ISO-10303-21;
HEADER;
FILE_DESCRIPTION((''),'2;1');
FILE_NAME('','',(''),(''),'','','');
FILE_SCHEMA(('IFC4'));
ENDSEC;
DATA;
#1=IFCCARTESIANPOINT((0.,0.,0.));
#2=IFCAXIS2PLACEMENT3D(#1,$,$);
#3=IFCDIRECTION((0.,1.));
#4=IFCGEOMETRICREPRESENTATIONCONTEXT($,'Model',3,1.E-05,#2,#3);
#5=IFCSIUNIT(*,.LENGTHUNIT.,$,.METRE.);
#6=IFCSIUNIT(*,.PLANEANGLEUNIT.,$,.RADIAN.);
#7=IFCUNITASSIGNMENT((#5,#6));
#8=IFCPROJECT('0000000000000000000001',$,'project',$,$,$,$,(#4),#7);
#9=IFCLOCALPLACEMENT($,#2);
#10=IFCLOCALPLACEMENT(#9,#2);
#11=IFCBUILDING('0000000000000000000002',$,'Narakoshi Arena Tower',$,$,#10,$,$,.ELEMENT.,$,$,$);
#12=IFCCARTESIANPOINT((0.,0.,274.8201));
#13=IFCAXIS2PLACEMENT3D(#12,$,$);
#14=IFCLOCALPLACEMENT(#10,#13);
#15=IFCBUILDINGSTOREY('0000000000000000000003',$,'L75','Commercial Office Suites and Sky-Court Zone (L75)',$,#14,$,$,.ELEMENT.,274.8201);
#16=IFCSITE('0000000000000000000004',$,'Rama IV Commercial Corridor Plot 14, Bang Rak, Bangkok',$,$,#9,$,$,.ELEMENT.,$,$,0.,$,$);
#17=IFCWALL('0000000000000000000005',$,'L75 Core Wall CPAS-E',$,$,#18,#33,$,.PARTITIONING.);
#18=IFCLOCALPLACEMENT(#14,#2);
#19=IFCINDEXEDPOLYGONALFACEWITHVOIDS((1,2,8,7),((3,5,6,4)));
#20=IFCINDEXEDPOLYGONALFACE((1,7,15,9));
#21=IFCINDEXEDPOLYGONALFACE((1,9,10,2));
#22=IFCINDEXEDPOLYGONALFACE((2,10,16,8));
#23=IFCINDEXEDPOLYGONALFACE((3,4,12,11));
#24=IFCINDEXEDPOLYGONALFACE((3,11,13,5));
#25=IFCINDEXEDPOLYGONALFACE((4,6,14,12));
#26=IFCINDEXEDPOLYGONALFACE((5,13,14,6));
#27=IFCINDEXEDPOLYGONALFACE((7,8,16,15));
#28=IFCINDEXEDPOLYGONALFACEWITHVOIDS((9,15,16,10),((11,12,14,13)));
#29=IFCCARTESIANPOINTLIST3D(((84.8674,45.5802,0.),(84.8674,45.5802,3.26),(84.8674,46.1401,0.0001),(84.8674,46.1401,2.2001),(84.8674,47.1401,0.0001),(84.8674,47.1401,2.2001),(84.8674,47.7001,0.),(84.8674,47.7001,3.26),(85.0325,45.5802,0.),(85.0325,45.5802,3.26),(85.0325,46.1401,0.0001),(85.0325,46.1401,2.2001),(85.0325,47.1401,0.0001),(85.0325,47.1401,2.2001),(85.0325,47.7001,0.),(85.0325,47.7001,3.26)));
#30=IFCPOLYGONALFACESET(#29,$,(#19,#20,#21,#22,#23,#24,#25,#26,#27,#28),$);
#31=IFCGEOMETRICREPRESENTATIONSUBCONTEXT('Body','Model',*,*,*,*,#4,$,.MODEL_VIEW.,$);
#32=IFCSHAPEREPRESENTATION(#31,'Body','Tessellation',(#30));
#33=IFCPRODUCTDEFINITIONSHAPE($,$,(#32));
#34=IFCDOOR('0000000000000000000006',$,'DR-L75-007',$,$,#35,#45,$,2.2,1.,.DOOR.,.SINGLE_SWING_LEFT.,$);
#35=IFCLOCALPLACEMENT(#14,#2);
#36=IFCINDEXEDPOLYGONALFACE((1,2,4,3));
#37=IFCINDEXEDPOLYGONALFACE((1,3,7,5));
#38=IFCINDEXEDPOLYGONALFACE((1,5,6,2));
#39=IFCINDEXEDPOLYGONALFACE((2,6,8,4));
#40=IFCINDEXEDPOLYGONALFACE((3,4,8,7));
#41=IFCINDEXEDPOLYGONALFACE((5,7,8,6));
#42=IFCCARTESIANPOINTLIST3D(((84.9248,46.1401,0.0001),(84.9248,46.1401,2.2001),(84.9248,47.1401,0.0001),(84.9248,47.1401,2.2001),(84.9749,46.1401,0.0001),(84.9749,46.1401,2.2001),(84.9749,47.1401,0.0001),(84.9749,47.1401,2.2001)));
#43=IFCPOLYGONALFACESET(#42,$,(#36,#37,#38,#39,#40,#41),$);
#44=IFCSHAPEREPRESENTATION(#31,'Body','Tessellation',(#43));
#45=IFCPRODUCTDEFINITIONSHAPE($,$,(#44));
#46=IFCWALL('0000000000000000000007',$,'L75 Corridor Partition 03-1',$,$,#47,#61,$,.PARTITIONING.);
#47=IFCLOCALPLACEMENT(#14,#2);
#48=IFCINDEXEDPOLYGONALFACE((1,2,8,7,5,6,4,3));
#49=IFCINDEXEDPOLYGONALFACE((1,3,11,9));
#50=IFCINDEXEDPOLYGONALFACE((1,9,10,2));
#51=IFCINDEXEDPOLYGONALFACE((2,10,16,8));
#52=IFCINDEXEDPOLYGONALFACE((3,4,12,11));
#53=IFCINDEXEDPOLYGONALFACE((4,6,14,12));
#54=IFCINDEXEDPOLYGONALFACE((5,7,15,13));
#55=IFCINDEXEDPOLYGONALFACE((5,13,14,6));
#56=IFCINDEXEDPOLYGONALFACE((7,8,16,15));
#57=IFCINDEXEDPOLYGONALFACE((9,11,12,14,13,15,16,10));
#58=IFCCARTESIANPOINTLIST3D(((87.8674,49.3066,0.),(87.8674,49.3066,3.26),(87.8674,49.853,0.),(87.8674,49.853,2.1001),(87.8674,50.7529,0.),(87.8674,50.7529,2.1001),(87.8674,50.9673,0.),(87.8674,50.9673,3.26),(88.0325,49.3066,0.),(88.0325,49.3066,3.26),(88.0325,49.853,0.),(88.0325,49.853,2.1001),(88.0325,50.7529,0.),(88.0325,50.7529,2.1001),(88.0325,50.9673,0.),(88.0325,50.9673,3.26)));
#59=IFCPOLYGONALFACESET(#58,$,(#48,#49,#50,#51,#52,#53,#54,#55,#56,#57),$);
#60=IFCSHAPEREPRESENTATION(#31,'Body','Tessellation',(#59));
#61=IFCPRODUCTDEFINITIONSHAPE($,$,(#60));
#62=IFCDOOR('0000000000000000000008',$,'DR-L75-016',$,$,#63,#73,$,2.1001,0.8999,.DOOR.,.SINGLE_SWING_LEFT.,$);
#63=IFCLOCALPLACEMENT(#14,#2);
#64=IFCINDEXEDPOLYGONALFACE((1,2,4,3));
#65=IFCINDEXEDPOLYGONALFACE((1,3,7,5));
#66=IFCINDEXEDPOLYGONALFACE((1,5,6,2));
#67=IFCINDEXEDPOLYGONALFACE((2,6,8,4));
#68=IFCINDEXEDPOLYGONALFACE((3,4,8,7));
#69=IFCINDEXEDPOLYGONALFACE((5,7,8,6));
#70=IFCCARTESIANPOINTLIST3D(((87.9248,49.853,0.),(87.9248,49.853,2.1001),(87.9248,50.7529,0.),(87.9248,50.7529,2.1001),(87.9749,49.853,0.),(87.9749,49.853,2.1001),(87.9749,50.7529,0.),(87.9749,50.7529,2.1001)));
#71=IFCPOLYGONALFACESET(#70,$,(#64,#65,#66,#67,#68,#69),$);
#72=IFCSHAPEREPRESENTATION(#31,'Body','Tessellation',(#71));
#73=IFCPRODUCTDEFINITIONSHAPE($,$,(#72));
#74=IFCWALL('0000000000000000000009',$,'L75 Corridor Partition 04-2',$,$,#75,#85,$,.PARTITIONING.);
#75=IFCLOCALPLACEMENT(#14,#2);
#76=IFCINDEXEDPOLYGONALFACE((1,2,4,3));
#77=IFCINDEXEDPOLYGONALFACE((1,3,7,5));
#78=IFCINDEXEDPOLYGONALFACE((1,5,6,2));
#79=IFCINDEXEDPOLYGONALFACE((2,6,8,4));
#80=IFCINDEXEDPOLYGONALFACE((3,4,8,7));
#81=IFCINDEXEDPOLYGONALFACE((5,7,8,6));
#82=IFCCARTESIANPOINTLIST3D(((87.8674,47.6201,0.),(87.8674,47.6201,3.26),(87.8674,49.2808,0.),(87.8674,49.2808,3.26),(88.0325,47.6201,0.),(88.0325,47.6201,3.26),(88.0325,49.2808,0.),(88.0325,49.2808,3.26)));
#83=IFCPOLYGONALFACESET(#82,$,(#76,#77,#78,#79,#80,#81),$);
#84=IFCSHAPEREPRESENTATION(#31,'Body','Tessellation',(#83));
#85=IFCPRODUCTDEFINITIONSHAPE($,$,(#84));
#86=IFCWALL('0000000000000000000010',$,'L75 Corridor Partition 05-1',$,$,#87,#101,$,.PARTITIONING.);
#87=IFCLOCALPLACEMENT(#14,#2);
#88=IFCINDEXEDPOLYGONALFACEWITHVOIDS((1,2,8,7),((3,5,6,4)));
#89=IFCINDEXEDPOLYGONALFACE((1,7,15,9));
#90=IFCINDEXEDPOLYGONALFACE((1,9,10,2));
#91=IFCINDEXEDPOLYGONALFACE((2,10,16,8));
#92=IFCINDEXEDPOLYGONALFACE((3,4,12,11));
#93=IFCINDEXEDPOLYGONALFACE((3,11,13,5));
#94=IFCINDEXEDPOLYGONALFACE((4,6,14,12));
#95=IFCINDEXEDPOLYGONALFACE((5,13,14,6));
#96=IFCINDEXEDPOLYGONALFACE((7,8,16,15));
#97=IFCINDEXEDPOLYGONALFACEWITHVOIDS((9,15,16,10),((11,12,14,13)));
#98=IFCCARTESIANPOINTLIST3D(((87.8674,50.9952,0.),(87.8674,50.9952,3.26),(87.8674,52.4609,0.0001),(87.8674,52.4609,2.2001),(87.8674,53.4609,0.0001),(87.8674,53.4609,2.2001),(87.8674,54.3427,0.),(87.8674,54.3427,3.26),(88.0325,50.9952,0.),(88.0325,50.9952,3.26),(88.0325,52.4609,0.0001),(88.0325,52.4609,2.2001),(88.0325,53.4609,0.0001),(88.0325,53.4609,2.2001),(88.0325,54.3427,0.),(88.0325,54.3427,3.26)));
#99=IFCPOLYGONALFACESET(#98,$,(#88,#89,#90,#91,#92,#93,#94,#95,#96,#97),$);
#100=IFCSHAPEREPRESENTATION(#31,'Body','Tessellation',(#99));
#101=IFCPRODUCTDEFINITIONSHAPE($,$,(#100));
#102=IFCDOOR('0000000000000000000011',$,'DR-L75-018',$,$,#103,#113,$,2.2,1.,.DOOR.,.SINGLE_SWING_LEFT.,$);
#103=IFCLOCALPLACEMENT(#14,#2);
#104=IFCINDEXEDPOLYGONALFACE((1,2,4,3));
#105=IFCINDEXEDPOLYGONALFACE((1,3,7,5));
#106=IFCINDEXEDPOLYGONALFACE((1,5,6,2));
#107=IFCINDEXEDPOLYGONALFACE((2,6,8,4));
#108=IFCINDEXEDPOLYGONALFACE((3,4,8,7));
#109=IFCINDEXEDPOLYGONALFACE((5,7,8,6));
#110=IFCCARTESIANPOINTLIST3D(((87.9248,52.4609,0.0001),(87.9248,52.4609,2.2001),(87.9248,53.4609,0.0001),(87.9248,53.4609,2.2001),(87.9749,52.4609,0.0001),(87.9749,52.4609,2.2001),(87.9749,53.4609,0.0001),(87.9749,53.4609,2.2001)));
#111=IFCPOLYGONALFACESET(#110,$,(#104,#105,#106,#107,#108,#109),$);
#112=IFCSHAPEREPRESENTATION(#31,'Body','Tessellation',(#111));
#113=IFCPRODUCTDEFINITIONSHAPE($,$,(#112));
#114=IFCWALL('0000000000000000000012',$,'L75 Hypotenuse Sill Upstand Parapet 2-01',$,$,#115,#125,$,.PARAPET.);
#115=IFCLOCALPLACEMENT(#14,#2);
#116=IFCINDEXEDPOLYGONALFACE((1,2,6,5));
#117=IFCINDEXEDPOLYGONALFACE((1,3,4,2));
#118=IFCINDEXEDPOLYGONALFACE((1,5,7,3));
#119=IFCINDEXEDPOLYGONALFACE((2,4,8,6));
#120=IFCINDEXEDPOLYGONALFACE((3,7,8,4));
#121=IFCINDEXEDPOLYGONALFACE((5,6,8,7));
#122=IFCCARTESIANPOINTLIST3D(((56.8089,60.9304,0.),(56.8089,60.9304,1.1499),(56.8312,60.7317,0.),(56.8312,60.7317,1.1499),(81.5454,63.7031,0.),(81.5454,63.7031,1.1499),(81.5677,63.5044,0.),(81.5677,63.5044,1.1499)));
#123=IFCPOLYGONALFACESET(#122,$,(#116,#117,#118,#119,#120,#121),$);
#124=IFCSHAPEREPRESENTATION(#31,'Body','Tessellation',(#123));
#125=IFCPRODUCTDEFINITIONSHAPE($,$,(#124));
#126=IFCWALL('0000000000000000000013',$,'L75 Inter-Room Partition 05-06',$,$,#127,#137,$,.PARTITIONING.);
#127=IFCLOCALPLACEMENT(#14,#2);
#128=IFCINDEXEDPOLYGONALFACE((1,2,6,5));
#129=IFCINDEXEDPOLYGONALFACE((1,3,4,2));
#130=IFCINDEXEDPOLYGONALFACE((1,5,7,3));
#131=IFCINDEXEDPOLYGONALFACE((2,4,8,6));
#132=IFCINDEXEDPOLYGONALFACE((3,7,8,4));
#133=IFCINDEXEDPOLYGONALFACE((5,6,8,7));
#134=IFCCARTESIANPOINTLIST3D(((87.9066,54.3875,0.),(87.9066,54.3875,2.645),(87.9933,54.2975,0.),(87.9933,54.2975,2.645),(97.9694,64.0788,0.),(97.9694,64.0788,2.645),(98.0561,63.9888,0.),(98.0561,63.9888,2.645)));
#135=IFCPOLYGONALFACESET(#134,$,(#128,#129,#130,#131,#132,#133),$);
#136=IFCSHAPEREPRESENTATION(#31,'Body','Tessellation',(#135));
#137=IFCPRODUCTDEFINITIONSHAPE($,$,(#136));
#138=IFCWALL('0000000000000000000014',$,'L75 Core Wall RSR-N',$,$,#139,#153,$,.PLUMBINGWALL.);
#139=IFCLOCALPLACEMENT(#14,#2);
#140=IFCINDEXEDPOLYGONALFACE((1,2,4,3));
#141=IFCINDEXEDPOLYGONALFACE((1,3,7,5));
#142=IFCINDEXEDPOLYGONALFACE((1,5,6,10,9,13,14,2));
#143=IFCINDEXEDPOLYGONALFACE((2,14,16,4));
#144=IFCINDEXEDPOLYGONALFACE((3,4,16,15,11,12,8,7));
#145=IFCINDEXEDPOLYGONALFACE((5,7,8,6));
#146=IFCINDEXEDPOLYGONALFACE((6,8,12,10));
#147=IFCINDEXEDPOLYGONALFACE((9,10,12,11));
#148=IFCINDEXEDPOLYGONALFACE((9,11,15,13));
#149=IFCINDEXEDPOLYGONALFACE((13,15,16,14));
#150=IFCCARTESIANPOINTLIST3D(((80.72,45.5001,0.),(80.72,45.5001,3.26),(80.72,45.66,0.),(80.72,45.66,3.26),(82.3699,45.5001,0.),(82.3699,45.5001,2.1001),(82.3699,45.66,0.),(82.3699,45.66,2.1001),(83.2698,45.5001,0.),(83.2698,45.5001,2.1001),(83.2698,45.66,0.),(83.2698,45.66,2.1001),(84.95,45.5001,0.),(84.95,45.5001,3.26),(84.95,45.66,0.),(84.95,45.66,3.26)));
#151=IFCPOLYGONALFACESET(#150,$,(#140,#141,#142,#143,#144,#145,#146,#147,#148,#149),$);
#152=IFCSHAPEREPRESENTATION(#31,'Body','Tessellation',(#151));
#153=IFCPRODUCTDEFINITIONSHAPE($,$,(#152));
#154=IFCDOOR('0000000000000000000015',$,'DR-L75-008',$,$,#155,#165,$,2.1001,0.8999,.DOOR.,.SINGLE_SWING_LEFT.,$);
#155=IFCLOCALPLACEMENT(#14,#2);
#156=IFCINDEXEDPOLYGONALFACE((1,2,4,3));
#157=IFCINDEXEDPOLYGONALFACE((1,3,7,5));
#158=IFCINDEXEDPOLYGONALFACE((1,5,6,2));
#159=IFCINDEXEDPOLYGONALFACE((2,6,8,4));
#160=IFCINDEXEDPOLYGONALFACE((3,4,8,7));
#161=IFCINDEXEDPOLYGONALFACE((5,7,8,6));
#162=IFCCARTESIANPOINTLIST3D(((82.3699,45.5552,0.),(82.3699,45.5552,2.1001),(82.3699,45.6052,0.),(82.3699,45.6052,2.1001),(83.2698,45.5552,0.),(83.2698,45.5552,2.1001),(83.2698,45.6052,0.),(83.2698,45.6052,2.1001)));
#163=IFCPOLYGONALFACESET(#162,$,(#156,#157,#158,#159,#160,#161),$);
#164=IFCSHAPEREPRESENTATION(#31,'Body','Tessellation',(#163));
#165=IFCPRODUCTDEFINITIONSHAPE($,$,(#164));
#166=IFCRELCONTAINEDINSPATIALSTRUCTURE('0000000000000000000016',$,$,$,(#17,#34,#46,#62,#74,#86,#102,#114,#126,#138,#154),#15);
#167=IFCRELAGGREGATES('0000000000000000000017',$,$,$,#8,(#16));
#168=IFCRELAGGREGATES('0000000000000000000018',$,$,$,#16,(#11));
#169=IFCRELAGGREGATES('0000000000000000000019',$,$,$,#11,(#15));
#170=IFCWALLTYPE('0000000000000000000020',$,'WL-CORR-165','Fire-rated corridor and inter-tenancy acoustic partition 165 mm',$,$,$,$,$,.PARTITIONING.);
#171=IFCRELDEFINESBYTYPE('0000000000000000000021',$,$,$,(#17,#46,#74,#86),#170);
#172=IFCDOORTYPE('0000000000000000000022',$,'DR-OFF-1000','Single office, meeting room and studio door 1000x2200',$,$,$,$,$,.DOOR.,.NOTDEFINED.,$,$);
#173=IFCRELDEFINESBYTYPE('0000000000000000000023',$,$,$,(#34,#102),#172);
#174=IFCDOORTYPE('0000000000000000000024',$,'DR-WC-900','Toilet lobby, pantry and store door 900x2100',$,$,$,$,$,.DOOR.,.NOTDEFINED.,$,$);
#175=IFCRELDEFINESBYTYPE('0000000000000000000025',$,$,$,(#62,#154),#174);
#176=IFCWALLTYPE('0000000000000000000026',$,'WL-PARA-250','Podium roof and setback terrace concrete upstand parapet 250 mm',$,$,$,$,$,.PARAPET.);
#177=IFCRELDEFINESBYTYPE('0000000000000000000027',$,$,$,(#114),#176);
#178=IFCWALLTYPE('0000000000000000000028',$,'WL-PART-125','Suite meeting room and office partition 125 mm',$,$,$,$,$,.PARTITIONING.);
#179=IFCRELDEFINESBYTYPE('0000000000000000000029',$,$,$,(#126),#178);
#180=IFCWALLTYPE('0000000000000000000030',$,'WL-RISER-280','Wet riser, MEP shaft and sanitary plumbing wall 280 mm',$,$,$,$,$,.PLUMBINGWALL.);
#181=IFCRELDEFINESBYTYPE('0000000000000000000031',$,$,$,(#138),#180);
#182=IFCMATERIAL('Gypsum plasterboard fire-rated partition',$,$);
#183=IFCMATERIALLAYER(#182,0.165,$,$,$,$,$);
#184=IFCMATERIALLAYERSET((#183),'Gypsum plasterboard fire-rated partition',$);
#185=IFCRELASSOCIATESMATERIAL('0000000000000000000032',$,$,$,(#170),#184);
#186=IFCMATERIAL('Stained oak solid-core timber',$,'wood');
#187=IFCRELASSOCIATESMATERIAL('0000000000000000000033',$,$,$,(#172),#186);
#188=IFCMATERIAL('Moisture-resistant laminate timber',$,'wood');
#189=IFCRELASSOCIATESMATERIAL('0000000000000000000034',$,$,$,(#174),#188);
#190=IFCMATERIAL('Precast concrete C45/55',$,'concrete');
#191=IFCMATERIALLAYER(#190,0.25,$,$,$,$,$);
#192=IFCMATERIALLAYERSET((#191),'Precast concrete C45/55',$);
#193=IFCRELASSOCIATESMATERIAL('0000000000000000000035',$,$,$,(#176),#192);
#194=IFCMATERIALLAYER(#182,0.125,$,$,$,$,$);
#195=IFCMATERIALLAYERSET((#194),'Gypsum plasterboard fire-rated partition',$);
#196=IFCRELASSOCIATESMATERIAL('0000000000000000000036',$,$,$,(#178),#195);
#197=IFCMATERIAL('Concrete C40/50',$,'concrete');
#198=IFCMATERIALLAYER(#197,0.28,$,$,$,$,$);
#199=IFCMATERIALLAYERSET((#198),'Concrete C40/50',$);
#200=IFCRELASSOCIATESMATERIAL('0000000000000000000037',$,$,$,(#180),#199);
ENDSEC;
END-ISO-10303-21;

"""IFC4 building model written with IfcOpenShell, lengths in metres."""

from ifc_helpers import new_model, si_unit, direction, frame, frame_2d, origin, place, context, subcontext, project, spatial, rectangle, extrude, material, layer, layer_set, type_object, element, fill, save


model = new_model("IFC4")

# Units and contexts
model_context = context("Model", 3, precision=1e-05, world=origin(), true_north=direction((0.0, 1.0)))
body_context = subcontext(model_context, "Body", "Model", "MODEL_VIEW")
ifc_project = project(units=[si_unit("LENGTHUNIT", "METRE"), si_unit("PLANEANGLEUNIT", "RADIAN")], contexts=[model_context])

# Site, building, storey
site_placement = place(None, origin())
site = spatial("IfcSite", under=ifc_project, at=site_placement, Name="Rama IV Commercial Corridor Plot 14, Bang Rak, Bangkok", CompositionType="ELEMENT", RefElevation=0.0)
building_placement = place(site_placement, origin())
building = spatial("IfcBuilding", under=site, at=building_placement, Name="Narakoshi Arena Tower", CompositionType="ELEMENT")
storey_placement = place(building_placement, frame((0.0, 0.0, 274.8201)))
storey = spatial("IfcBuildingStorey", under=building, at=storey_placement, Name="L75", Description="Commercial Office Suites and Sky-Court Zone (L75)", CompositionType="ELEMENT", Elevation=274.8201)

# Walls, openings, doors
ifc_material_1 = material(Name="Gypsum plasterboard fire-rated partition")
ifc_layer_1 = layer(ifc_material_1, 0.165)
ifc_layer_set_1 = layer_set([ifc_layer_1], Name="Gypsum plasterboard fire-rated partition")
wall_type_1 = type_object("IfcWallType", Name="WL-CORR-165", Description="Fire-rated corridor and inter-tenancy acoustic partition 165 mm", PredefinedType="PARTITIONING", material=ifc_layer_set_1)
wall_1_placement = place(storey_placement, frame((84.95, 45.5801, 0.0), z_axis=(0.0, 0.0, 1.0), x_axis=(0.0, 1.0, 0.0)))
wall_1 = element("IfcWall", 1, at=wall_1_placement, inside=storey, type_object=wall_type_1, Name="L75 Core Wall CPAS-E", PredefinedType="PARTITIONING", context=body_context, shape_type="SweptSolid", body=[
    extrude(rectangle(XDim=2.1199, YDim=0.165, at=frame_2d((1.0601, 0.0))), origin(), (0.0, 0.0, 1.0), 3.26),
])
opening_1_placement = place(wall_1_placement, frame((0.5601, 0.0, 0.0)))
opening_1 = element("IfcOpeningElement", 2, at=opening_1_placement, cuts=wall_1, PredefinedType="OPENING", context=body_context, shape_type="SweptSolid", body=[
    extrude(rectangle(XDim=1.0, YDim=2.2, at=frame_2d((0.5, 1.1001))), frame((0.0, 0.0925, 0.0), z_axis=(0.0, -1.0, 0.0), x_axis=(1.0, 0.0, 0.0)), (0.0, 0.0, 1.0), 0.1851),
])
ifc_material_2 = material(Name="Stained oak solid-core timber", Category="wood")
door_type_1 = type_object("IfcDoorType", Name="DR-OFF-1000", Description="Single office, meeting room and studio door 1000x2200", OperationType="NOTDEFINED", PredefinedType="DOOR", material=ifc_material_2)
door_1_placement = place(opening_1_placement, frame((1.0, 0.0, 0.0), z_axis=(0.0, 0.0, 1.0), x_axis=(-1.0, 0.0, 0.0)))
door_1 = element("IfcDoor", 3, at=door_1_placement, inside=storey, type_object=door_type_1, Name="DR-L75-007", OperationType="SINGLE_SWING_LEFT", OverallHeight=2.2, OverallWidth=1.0, PredefinedType="DOOR", context=body_context, shape_type="SweptSolid", body=[
    extrude(rectangle(XDim=1.0, YDim=2.2, at=frame_2d((0.5, 1.1001))), frame((0.0, 0.0249, 0.0), z_axis=(0.0, -1.0, 0.0), x_axis=(1.0, 0.0, 0.0)), (0.0, 0.0, 1.0), 0.05),
])
fill(opening_1, door_1)
wall_2_placement = place(storey_placement, frame((87.95, 49.3066, 0.0), z_axis=(0.0, 0.0, 1.0), x_axis=(0.0, 1.0, 0.0)))
wall_2 = element("IfcWall", 4, at=wall_2_placement, inside=storey, type_object=wall_type_1, Name="L75 Corridor Partition 03-1", PredefinedType="PARTITIONING", context=body_context, shape_type="SweptSolid", body=[
    extrude(rectangle(XDim=1.6606, YDim=0.165, at=frame_2d((0.8303, 0.0))), origin(), (0.0, 0.0, 1.0), 3.26),
])
opening_2_placement = place(wall_2_placement, frame((0.5464, 0.0, 0.0)))
opening_2 = element("IfcOpeningElement", 5, at=opening_2_placement, cuts=wall_2, PredefinedType="OPENING", context=body_context, shape_type="SweptSolid", body=[
    extrude(rectangle(XDim=0.8999, YDim=2.1001, at=frame_2d((0.45, 1.05))), frame((0.0, 0.0925, 0.0), z_axis=(0.0, -1.0, 0.0), x_axis=(1.0, 0.0, 0.0)), (0.0, 0.0, 1.0), 0.1851),
])
ifc_material_3 = material(Name="Moisture-resistant laminate timber", Category="wood")
door_type_2 = type_object("IfcDoorType", Name="DR-WC-900", Description="Toilet lobby, pantry and store door 900x2100", OperationType="NOTDEFINED", PredefinedType="DOOR", material=ifc_material_3)
door_2_placement = place(opening_2_placement, frame((0.8999, 0.0, 0.0), z_axis=(0.0, 0.0, 1.0), x_axis=(-1.0, 0.0, 0.0)))
door_2 = element("IfcDoor", 6, at=door_2_placement, inside=storey, type_object=door_type_2, Name="DR-L75-016", OperationType="SINGLE_SWING_LEFT", OverallHeight=2.1001, OverallWidth=0.8999, PredefinedType="DOOR", context=body_context, shape_type="SweptSolid", body=[
    extrude(rectangle(XDim=0.8999, YDim=2.1001, at=frame_2d((0.45, 1.05))), frame((0.0, 0.0249, 0.0), z_axis=(0.0, -1.0, 0.0), x_axis=(1.0, 0.0, 0.0)), (0.0, 0.0, 1.0), 0.05),
])
fill(opening_2, door_2)

# Wall
wall_3_placement = place(storey_placement, frame((87.95, 47.6201, 0.0), z_axis=(0.0, 0.0, 1.0), x_axis=(0.0, 1.0, 0.0)))
element("IfcWall", 7, at=wall_3_placement, inside=storey, type_object=wall_type_1, Name="L75 Corridor Partition 04-2", PredefinedType="PARTITIONING", context=body_context, shape_type="SweptSolid", body=[
    extrude(rectangle(XDim=1.6606, YDim=0.165, at=frame_2d((0.8303, 0.0))), origin(), (0.0, 0.0, 1.0), 3.26),
])

# Wall, opening, door
wall_4_placement = place(storey_placement, frame((87.95, 50.9951, 0.0), z_axis=(0.0, 0.0, 1.0), x_axis=(0.0, 1.0, 0.0)))
wall_4 = element("IfcWall", 8, at=wall_4_placement, inside=storey, type_object=wall_type_1, Name="L75 Corridor Partition 05-1", PredefinedType="PARTITIONING", context=body_context, shape_type="SweptSolid", body=[
    extrude(rectangle(XDim=3.3474, YDim=0.165, at=frame_2d((1.6738, 0.0))), origin(), (0.0, 0.0, 1.0), 3.26),
])
opening_3_placement = place(wall_4_placement, frame((1.4658, 0.0, 0.0)))
opening_3 = element("IfcOpeningElement", 9, at=opening_3_placement, cuts=wall_4, PredefinedType="OPENING", context=body_context, shape_type="SweptSolid", body=[
    extrude(rectangle(XDim=1.0, YDim=2.2, at=frame_2d((0.5, 1.1001))), frame((0.0, 0.0925, 0.0), z_axis=(0.0, -1.0, 0.0), x_axis=(1.0, 0.0, 0.0)), (0.0, 0.0, 1.0), 0.1851),
])
door_3_placement = place(opening_3_placement, frame((1.0, 0.0, 0.0), z_axis=(0.0, 0.0, 1.0), x_axis=(-1.0, 0.0, 0.0)))
door_3 = element("IfcDoor", 10, at=door_3_placement, inside=storey, type_object=door_type_1, Name="DR-L75-018", OperationType="SINGLE_SWING_LEFT", OverallHeight=2.2, OverallWidth=1.0, PredefinedType="DOOR", context=body_context, shape_type="SweptSolid", body=[
    extrude(rectangle(XDim=1.0, YDim=2.2, at=frame_2d((0.5, 1.1001))), frame((0.0, 0.0249, 0.0), z_axis=(0.0, -1.0, 0.0), x_axis=(1.0, 0.0, 0.0)), (0.0, 0.0, 1.0), 0.05),
])
fill(opening_3, door_3)

# Walls
ifc_material_4 = material(Name="Precast concrete C45/55", Category="concrete")
ifc_layer_2 = layer(ifc_material_4, 0.25)
ifc_layer_set_2 = layer_set([ifc_layer_2], Name="Precast concrete C45/55")
wall_type_2 = type_object("IfcWallType", Name="WL-PARA-250", Description="Podium roof and setback terrace concrete upstand parapet 250 mm", PredefinedType="PARAPET", material=ifc_layer_set_2)
wall_5_placement = place(storey_placement, frame((81.5566, 63.6038, 0.0), z_axis=(0.0, 0.0, 1.0), x_axis=(-0.993776, -0.111393, 0.0)))
element("IfcWall", 11, at=wall_5_placement, inside=storey, type_object=wall_type_2, Name="L75 Hypotenuse Sill Upstand Parapet 2-01", PredefinedType="PARAPET", context=body_context, shape_type="SweptSolid", body=[
    extrude(rectangle(XDim=24.8914, YDim=0.2, at=frame_2d((12.4458, 0.0))), origin(), (0.0, 0.0, 1.0), 1.1499),
])
ifc_layer_3 = layer(ifc_material_1, 0.125)
ifc_layer_set_3 = layer_set([ifc_layer_3], Name="Gypsum plasterboard fire-rated partition")
wall_type_3 = type_object("IfcWallType", Name="WL-PART-125", Description="Suite meeting room and office partition 125 mm", PredefinedType="PARTITIONING", material=ifc_layer_set_3)
wall_6_placement = place(storey_placement, frame((87.95, 54.3425, 0.0), z_axis=(0.0, 0.0, 1.0), x_axis=(0.72028, 0.693683, 0.0)))
element("IfcWall", 12, at=wall_6_placement, inside=storey, type_object=wall_type_3, Name="L75 Inter-Room Partition 05-06", PredefinedType="PARTITIONING", context=body_context, shape_type="SweptSolid", body=[
    extrude(rectangle(XDim=13.9707, YDim=0.125, at=frame_2d((6.9854, 0.0))), origin(), (0.0, 0.0, 1.0), 2.645),
])

# Wall, opening, door
ifc_material_5 = material(Name="Concrete C40/50", Category="concrete")
ifc_layer_4 = layer(ifc_material_5, 0.28)
ifc_layer_set_4 = layer_set([ifc_layer_4], Name="Concrete C40/50")
wall_type_4 = type_object("IfcWallType", Name="WL-RISER-280", Description="Wet riser, MEP shaft and sanitary plumbing wall 280 mm", PredefinedType="PLUMBINGWALL", material=ifc_layer_set_4)
wall_7_placement = place(storey_placement, frame((80.72, 45.5801, 0.0), z_axis=(0.0, 0.0, 1.0), x_axis=(1.0, 0.0, 0.0)))
wall_7 = element("IfcWall", 13, at=wall_7_placement, inside=storey, type_object=wall_type_4, Name="L75 Core Wall RSR-N", PredefinedType="PLUMBINGWALL", context=body_context, shape_type="SweptSolid", body=[
    extrude(rectangle(XDim=4.23, YDim=0.1599, at=frame_2d((2.115, 0.0))), origin(), (0.0, 0.0, 1.0), 3.26),
])
opening_4_placement = place(wall_7_placement, frame((1.6499, 0.0, 0.0)))
opening_4 = element("IfcOpeningElement", 14, at=opening_4_placement, cuts=wall_7, PredefinedType="OPENING", context=body_context, shape_type="SweptSolid", body=[
    extrude(rectangle(XDim=0.8999, YDim=2.1001, at=frame_2d((0.45, 1.05))), frame((0.0, 0.0898, 0.0), z_axis=(0.0, -1.0, 0.0), x_axis=(1.0, 0.0, 0.0)), (0.0, 0.0, 1.0), 0.1799),
])
door_4_placement = place(opening_4_placement, frame((0.8999, 0.0, 0.0), z_axis=(0.0, 0.0, 1.0), x_axis=(-1.0, 0.0, 0.0)))
door_4 = element("IfcDoor", 15, at=door_4_placement, inside=storey, type_object=door_type_2, Name="DR-L75-008", OperationType="SINGLE_SWING_LEFT", OverallHeight=2.1001, OverallWidth=0.8999, PredefinedType="DOOR", context=body_context, shape_type="SweptSolid", body=[
    extrude(rectangle(XDim=0.8999, YDim=2.1001, at=frame_2d((0.45, 1.05))), frame((0.0, 0.0249, 0.0), z_axis=(0.0, -1.0, 0.0), x_axis=(1.0, 0.0, 0.0)), (0.0, 0.0, 1.0), 0.05),
])
fill(opening_4, door_4)

save(model, "model.ifc")
